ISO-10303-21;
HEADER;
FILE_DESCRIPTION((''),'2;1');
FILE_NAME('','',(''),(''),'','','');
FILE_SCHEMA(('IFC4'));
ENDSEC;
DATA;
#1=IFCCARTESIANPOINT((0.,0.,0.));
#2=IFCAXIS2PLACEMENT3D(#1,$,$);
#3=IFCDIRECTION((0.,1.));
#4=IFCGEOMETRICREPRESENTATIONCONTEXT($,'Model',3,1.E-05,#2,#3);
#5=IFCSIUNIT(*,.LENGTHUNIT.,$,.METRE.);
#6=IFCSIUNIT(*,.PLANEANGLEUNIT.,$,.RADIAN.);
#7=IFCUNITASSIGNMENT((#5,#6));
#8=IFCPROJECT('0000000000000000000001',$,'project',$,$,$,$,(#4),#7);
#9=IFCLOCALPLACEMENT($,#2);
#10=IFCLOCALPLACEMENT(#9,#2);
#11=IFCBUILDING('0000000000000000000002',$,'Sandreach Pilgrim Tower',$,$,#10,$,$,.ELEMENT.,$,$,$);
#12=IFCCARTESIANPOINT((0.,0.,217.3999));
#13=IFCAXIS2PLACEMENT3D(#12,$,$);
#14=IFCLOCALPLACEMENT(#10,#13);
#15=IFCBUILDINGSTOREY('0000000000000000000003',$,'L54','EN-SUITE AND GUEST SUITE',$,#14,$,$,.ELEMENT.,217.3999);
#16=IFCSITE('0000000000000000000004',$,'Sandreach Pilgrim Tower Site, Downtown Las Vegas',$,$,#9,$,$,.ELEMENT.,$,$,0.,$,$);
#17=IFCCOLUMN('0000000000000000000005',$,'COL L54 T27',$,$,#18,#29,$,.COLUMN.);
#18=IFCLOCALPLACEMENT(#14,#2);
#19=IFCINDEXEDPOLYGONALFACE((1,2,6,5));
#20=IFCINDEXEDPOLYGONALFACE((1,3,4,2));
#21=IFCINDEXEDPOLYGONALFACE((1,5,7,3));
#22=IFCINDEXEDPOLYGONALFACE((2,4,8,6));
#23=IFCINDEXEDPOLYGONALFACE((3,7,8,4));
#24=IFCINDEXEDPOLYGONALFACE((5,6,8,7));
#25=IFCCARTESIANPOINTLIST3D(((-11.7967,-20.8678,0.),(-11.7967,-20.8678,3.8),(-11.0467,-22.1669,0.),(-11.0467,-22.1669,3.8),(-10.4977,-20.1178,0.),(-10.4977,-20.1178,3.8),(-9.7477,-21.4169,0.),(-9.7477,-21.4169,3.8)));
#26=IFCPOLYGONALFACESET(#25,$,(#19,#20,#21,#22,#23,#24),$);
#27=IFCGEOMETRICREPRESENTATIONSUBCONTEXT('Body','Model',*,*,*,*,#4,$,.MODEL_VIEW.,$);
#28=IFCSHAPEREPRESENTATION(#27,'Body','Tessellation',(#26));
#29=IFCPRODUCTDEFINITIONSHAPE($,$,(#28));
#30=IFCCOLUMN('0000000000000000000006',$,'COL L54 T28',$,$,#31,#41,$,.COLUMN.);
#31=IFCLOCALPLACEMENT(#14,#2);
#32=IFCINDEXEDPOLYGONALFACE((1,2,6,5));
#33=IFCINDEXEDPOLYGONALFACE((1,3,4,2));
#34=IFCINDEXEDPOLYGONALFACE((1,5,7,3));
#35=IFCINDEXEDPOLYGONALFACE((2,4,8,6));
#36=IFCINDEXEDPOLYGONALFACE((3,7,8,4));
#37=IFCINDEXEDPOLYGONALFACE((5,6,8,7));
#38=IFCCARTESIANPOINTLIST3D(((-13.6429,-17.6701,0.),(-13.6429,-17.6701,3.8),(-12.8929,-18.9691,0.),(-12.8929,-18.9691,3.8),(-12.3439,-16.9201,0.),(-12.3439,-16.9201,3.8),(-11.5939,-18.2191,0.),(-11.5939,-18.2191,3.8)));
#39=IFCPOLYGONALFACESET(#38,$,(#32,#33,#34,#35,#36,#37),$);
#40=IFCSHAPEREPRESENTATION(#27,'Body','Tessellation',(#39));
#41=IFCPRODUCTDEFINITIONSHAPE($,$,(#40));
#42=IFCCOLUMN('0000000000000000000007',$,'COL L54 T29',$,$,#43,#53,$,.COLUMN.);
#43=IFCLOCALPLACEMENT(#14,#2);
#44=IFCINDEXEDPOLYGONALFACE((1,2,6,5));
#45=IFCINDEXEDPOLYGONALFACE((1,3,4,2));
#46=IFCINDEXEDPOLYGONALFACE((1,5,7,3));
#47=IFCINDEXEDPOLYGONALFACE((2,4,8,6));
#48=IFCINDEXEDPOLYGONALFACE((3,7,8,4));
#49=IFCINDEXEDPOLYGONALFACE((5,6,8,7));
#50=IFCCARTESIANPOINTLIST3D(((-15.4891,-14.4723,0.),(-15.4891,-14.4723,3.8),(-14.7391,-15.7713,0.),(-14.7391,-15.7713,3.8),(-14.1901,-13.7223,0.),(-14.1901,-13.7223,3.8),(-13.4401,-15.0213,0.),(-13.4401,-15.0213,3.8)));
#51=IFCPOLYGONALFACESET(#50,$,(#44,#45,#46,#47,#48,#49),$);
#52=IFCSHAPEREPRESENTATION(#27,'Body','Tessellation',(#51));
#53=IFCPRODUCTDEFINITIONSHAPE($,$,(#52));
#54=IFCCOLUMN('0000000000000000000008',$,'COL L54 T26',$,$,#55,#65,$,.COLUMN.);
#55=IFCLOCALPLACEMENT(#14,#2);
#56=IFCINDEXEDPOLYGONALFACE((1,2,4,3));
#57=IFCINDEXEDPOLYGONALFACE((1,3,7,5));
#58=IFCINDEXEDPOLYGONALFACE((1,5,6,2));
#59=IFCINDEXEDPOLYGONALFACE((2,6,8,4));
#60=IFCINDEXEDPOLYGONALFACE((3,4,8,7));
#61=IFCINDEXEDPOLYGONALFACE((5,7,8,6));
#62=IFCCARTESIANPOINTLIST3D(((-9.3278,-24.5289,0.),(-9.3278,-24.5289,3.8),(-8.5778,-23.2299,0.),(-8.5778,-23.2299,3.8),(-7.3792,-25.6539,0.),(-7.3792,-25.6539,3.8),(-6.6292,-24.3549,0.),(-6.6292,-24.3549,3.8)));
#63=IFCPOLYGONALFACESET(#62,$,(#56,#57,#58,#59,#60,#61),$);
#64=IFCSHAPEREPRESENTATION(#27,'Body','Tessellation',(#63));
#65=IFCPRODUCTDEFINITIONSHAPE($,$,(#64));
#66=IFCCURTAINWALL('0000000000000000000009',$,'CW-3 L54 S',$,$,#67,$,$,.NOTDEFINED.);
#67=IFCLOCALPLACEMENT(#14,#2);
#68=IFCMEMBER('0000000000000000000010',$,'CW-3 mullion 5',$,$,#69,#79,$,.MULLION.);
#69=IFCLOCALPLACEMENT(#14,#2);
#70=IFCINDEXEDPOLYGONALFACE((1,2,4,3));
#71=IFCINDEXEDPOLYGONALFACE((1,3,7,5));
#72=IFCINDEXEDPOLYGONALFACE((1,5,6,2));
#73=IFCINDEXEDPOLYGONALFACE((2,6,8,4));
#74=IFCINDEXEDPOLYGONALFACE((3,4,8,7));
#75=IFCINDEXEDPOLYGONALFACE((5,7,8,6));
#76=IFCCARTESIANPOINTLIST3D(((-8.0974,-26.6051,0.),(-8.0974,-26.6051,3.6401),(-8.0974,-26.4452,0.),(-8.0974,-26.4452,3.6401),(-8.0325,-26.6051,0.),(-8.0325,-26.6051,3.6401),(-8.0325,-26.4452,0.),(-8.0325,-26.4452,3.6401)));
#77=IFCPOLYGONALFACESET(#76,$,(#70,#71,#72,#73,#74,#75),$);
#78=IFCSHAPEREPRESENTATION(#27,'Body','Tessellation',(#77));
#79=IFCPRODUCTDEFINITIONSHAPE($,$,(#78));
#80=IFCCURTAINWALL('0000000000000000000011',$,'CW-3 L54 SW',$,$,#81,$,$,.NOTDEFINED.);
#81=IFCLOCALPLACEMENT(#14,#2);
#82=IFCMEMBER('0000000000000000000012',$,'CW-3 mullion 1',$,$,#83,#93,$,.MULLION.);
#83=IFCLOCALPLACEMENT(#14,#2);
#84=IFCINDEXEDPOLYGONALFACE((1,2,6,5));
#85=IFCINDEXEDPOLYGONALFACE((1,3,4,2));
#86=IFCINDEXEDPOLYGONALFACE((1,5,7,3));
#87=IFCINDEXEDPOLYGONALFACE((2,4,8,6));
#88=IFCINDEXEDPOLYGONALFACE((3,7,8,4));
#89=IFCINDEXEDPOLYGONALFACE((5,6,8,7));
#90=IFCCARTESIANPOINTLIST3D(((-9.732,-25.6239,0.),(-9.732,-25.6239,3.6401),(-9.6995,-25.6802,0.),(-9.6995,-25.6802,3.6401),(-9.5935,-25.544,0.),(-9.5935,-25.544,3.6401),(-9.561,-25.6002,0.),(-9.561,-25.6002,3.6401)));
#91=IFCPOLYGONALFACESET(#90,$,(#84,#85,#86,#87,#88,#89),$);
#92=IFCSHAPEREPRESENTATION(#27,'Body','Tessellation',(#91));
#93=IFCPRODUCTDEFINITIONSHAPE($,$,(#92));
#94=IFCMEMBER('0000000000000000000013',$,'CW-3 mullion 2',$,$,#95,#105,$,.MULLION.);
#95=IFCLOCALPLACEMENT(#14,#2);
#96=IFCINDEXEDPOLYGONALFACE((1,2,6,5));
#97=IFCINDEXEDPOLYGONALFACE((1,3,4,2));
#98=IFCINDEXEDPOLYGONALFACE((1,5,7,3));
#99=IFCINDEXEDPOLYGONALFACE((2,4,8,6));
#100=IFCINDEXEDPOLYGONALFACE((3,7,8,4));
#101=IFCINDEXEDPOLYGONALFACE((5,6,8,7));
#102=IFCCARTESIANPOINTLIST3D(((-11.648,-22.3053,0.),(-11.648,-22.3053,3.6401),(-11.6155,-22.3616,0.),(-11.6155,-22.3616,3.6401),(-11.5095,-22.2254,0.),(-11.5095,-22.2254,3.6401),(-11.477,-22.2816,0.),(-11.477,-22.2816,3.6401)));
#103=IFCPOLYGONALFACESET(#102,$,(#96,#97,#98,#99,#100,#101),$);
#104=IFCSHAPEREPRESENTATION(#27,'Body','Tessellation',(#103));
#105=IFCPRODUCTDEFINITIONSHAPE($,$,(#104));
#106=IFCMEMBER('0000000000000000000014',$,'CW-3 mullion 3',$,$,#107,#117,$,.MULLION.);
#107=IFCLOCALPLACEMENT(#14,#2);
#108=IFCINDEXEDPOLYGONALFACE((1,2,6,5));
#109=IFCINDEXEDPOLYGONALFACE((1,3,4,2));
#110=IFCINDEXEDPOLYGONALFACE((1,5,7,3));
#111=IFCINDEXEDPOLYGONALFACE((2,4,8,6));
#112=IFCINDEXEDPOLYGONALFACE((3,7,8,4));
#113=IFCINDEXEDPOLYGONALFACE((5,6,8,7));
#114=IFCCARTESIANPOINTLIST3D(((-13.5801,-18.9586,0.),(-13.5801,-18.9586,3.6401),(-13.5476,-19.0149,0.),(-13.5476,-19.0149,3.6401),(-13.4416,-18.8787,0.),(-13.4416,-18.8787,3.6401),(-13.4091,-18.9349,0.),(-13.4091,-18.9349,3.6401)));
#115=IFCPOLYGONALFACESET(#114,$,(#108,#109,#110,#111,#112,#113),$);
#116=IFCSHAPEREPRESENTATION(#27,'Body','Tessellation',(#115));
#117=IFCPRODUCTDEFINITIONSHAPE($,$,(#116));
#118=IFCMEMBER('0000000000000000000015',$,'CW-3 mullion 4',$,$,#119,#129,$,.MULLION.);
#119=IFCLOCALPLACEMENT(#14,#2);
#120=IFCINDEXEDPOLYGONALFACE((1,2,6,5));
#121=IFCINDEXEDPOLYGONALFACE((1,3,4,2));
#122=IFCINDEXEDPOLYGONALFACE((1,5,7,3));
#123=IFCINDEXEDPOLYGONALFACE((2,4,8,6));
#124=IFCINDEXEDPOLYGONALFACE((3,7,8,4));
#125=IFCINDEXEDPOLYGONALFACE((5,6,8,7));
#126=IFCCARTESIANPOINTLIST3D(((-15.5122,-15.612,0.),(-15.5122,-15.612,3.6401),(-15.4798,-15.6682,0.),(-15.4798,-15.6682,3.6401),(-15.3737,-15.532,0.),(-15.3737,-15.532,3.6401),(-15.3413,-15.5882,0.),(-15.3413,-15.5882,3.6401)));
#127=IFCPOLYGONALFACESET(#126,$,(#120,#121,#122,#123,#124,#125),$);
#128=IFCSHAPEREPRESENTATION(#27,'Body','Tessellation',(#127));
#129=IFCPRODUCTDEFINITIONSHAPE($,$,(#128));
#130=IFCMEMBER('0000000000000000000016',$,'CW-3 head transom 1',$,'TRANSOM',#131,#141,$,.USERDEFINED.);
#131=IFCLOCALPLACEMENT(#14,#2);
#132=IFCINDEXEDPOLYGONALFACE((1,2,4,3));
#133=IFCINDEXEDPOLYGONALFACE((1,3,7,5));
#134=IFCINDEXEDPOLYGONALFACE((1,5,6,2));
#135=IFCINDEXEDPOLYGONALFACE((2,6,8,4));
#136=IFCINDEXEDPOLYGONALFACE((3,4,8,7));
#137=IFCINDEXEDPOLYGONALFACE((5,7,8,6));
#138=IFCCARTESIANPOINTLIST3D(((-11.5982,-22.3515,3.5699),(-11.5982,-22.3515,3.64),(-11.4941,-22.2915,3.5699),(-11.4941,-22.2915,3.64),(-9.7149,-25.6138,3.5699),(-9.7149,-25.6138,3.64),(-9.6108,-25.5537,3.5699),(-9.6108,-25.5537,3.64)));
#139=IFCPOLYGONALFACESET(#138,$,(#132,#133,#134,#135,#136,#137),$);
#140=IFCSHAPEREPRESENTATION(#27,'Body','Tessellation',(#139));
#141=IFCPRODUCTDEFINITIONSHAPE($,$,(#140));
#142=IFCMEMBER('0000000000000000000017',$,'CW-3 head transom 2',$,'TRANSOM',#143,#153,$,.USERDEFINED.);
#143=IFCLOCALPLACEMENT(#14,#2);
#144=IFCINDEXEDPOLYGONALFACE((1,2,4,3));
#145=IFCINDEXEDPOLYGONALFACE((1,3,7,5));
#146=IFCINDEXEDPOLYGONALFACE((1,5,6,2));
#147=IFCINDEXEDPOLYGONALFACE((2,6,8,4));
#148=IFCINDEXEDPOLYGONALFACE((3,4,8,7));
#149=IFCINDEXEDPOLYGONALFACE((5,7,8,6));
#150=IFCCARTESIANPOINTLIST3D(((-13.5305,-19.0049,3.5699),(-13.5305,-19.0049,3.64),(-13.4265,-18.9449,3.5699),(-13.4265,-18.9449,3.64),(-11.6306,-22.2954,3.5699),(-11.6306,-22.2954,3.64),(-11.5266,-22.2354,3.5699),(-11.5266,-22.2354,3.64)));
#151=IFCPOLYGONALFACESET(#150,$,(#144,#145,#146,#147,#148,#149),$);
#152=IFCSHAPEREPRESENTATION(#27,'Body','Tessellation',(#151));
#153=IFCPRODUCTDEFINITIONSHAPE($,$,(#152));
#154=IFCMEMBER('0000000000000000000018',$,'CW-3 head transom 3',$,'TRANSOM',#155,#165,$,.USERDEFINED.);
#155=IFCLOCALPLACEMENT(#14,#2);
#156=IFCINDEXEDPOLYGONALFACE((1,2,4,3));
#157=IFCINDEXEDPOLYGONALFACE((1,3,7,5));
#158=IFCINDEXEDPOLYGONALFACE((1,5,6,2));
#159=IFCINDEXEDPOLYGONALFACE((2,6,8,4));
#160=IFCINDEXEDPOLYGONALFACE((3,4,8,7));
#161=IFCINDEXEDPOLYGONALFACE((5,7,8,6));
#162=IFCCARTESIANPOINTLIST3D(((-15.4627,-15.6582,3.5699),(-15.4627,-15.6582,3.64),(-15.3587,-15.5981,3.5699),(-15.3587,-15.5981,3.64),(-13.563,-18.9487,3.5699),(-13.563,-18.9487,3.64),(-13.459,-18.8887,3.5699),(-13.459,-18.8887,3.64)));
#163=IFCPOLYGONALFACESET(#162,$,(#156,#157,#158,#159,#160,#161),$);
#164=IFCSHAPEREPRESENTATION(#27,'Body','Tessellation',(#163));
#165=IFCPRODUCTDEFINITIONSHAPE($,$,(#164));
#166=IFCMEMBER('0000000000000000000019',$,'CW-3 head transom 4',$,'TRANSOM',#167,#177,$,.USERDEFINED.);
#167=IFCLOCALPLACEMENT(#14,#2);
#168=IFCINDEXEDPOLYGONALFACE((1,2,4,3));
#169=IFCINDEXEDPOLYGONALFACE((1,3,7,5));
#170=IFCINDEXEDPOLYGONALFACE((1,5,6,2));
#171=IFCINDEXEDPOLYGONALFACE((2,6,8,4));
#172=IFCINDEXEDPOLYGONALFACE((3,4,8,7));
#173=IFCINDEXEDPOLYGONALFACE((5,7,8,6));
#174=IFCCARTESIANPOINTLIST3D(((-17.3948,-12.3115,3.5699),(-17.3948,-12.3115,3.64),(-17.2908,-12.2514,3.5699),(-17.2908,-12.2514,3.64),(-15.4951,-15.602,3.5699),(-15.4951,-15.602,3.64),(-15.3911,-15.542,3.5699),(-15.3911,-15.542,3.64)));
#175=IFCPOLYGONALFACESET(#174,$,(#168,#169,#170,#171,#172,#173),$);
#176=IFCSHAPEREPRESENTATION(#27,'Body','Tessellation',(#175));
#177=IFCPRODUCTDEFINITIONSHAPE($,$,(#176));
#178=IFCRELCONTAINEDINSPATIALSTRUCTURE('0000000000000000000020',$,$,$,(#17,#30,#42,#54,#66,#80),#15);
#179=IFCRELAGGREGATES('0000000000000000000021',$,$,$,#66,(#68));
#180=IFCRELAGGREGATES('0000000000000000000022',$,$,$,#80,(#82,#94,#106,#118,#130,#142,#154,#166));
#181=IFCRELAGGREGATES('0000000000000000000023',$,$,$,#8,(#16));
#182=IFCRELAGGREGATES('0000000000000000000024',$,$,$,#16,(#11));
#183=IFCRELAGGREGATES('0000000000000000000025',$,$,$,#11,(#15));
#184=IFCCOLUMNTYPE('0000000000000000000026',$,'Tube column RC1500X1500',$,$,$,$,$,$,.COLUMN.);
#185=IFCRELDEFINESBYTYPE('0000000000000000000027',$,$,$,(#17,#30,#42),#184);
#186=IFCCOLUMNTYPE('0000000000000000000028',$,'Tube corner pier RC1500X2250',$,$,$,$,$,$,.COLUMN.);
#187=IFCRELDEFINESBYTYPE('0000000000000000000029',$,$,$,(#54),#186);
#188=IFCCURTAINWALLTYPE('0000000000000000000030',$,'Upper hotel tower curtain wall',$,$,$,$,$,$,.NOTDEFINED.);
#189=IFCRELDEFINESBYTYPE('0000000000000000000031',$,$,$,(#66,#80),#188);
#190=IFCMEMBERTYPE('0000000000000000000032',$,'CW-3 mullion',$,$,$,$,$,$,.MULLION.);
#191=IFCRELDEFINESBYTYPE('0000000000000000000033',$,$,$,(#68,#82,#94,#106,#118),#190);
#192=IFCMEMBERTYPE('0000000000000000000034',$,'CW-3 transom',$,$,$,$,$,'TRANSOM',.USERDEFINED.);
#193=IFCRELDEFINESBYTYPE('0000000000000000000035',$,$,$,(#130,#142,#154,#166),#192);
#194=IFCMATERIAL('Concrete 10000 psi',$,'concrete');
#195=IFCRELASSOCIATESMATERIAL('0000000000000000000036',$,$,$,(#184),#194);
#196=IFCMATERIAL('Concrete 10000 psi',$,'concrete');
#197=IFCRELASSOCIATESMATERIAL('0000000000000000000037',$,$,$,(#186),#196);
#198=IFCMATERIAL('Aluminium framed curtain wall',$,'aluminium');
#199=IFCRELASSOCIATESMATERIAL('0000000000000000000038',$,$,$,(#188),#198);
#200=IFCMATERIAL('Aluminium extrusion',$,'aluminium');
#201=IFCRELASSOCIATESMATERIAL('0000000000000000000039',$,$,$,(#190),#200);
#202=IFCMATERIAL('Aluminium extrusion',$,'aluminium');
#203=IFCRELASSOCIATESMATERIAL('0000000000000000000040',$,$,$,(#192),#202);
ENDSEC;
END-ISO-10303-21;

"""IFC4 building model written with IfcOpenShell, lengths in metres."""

from ifc_helpers import new_model, si_unit, direction, frame, origin, origin_2d, place, context, subcontext, project, spatial, rectangle, extrude, material, material_profile, profile_set, type_object, element, aggregate, save


model = new_model("IFC4")

# Units and contexts
model_context = context("Model", 3, precision=1e-05, world=origin(), true_north=direction((0.0, 1.0)))
body_context = subcontext(model_context, "Body", "Model", "MODEL_VIEW")
ifc_project = project(units=[si_unit("LENGTHUNIT", "METRE"), si_unit("PLANEANGLEUNIT", "RADIAN")], contexts=[model_context])

# Site, building, storey
site_placement = place(None, origin())
site = spatial("IfcSite", under=ifc_project, at=site_placement, Name="Sandreach Pilgrim Tower Site, Downtown Las Vegas", CompositionType="ELEMENT", RefElevation=0.0)
building_placement = place(site_placement, origin())
building = spatial("IfcBuilding", under=site, at=building_placement, Name="Sandreach Pilgrim Tower", CompositionType="ELEMENT")
storey_placement = place(building_placement, frame((0.0, 0.0, 217.3999)))
storey = spatial("IfcBuildingStorey", under=building, at=storey_placement, Name="L54", Description="EN-SUITE AND GUEST SUITE", CompositionType="ELEMENT", Elevation=217.3999)

# Columns
ifc_material_1 = material(Name="Concrete 10000 psi", Category="concrete")
ifc_material_profile_1 = material_profile(ifc_material_1, rectangle(XDim=1.5, YDim=1.5, at=origin_2d()), Name="RC1500X1500")
ifc_profile_set_1 = profile_set([ifc_material_profile_1], Name="Concrete 10000 psi")
column_type_1 = type_object("IfcColumnType", Name="Tube column RC1500X1500", PredefinedType="COLUMN", material=ifc_profile_set_1)
for number, where, z_axis, x_axis, name in (
    (1, (-10.7722, -21.1423, 0.0), (0.0, 0.0, 1.0), (-0.866025, -0.5, 0.0), "COL L54 T27"),
    (2, (-12.6184, -17.9446, 0.0), (0.0, 0.0, 1.0), (-0.866025, -0.5, 0.0), "COL L54 T28"),
    (3, (-14.4646, -14.7468, 0.0), (0.0, 0.0, 1.0), (-0.866025, -0.5, 0.0), "COL L54 T29"),
):
    element("IfcColumn", number, at=place(storey_placement, frame(where, z_axis=z_axis, x_axis=x_axis)), inside=storey, type_object=column_type_1, Name=name, PredefinedType="COLUMN", context=body_context, shape_type="SweptSolid", body=[
        extrude(rectangle(XDim=1.5, YDim=1.5, at=origin_2d()), origin(), (0.0, 0.0, 1.0), 3.8),
    ])
ifc_material_2 = material(Name="Concrete 10000 psi", Category="concrete")
ifc_material_profile_2 = material_profile(ifc_material_2, rectangle(XDim=1.5, YDim=2.25, at=origin_2d()), Name="RC1500X2250")
ifc_profile_set_2 = profile_set([ifc_material_profile_2], Name="Concrete 10000 psi")
column_type_2 = type_object("IfcColumnType", Name="Tube corner pier RC1500X2250", PredefinedType="COLUMN", material=ifc_profile_set_2)
column_placement = place(storey_placement, frame((-7.9785, -24.4419, 0.0), z_axis=(0.0, 0.0, 1.0), x_axis=(-0.5, -0.866025, 0.0)))
element("IfcColumn", 4, at=column_placement, inside=storey, type_object=column_type_2, Name="COL L54 T26", PredefinedType="COLUMN", context=body_context, shape_type="SweptSolid", body=[
    extrude(rectangle(XDim=1.5, YDim=2.25, at=origin_2d()), origin(), (0.0, 0.0, 1.0), 3.8),
])

# Curtain wall, member
ifc_material_3 = material(Name="Aluminium framed curtain wall", Category="aluminium")
curtain_wall_type = type_object("IfcCurtainWallType", Name="Upper hotel tower curtain wall", PredefinedType="NOTDEFINED", material=ifc_material_3)
curtain_wall_1_placement = place(storey_placement, origin())
curtain_wall_1 = element("IfcCurtainWall", 5, at=curtain_wall_1_placement, inside=storey, type_object=curtain_wall_type, Name="CW-3 L54 S", PredefinedType="NOTDEFINED")
ifc_material_4 = material(Name="Aluminium extrusion", Category="aluminium")
ifc_material_profile_3 = material_profile(ifc_material_4, rectangle(XDim=0.0649, YDim=0.1599, at=origin_2d()), Name="CW-3M 65X160")
ifc_profile_set_3 = profile_set([ifc_material_profile_3], Name="Aluminium extrusion")
member_type_1 = type_object("IfcMemberType", Name="CW-3 mullion", PredefinedType="MULLION", material=ifc_profile_set_3)
member_1_placement = place(storey_placement, frame((-8.0649, -26.5251, 0.0), z_axis=(0.0, 0.0, 1.0), x_axis=(-1.0, 0.0, 0.0)))
member_1 = element("IfcMember", 6, at=member_1_placement, type_object=member_type_1, Name="CW-3 mullion 5", PredefinedType="MULLION", context=body_context, shape_type="SweptSolid", body=[
    extrude(rectangle(XDim=0.0649, YDim=0.1599, at=origin_2d()), origin(), (0.0, 0.0, 1.0), 3.6401),
])
aggregate(curtain_wall_1, [member_1])

# Curtain wall, members
curtain_wall_2_placement = place(storey_placement, origin())
curtain_wall_2 = element("IfcCurtainWall", 7, at=curtain_wall_2_placement, inside=storey, type_object=curtain_wall_type, Name="CW-3 L54 SW", PredefinedType="NOTDEFINED")
member_2_placement = place(storey_placement, frame((-9.6465, -25.6121, 0.0), z_axis=(0.0, 0.0, 1.0), x_axis=(-0.5, 0.866025, 0.0)))
member_2 = element("IfcMember", 8, at=member_2_placement, type_object=member_type_1, Name="CW-3 mullion 1", PredefinedType="MULLION", context=body_context, shape_type="SweptSolid", body=[
    extrude(rectangle(XDim=0.0649, YDim=0.1599, at=origin_2d()), origin(), (0.0, 0.0, 1.0), 3.6401),
])
member_3_placement = place(storey_placement, frame((-11.5625, -22.2935, 0.0), z_axis=(0.0, 0.0, 1.0), x_axis=(-0.5, 0.866025, 0.0)))
member_3 = element("IfcMember", 9, at=member_3_placement, type_object=member_type_1, Name="CW-3 mullion 2", PredefinedType="MULLION", context=body_context, shape_type="SweptSolid", body=[
    extrude(rectangle(XDim=0.0649, YDim=0.1599, at=origin_2d()), origin(), (0.0, 0.0, 1.0), 3.6401),
])
member_4_placement = place(storey_placement, frame((-13.4946, -18.9468, 0.0), z_axis=(0.0, 0.0, 1.0), x_axis=(-0.5, 0.866025, 0.0)))
member_4 = element("IfcMember", 10, at=member_4_placement, type_object=member_type_1, Name="CW-3 mullion 3", PredefinedType="MULLION", context=body_context, shape_type="SweptSolid", body=[
    extrude(rectangle(XDim=0.0649, YDim=0.1599, at=origin_2d()), origin(), (0.0, 0.0, 1.0), 3.6401),
])
member_5_placement = place(storey_placement, frame((-15.4268, -15.6001, 0.0), z_axis=(0.0, 0.0, 1.0), x_axis=(-0.5, 0.866025, 0.0)))
member_5 = element("IfcMember", 11, at=member_5_placement, type_object=member_type_1, Name="CW-3 mullion 4", PredefinedType="MULLION", context=body_context, shape_type="SweptSolid", body=[
    extrude(rectangle(XDim=0.0649, YDim=0.1599, at=origin_2d()), origin(), (0.0, 0.0, 1.0), 3.6401),
])
ifc_material_5 = material(Name="Aluminium extrusion", Category="aluminium")
ifc_material_profile_4 = material_profile(ifc_material_5, rectangle(XDim=0.1201, YDim=0.0701, at=origin_2d()), Name="CW-3T 120X70")
ifc_profile_set_4 = profile_set([ifc_material_profile_4], Name="Aluminium extrusion")
member_type_2 = type_object("IfcMemberType", Name="CW-3 transom", ElementType="TRANSOM", PredefinedType="USERDEFINED", material=ifc_profile_set_4)
member_6_placement = place(storey_placement, frame((-9.6628, -25.5837, 3.605), z_axis=(-0.499973, 0.866041, 0.0), x_axis=(-0.866041, -0.499973, 0.0)))
member_6 = element("IfcMember", 12, at=member_6_placement, type_object=member_type_2, Name="CW-3 head transom 1", ObjectType="TRANSOM", PredefinedType="USERDEFINED", context=body_context, shape_type="SweptSolid", body=[
    extrude(rectangle(XDim=0.1201, YDim=0.0701, at=origin_2d()), origin(), (0.0, 0.0, 1.0), 3.7668),
])
member_7_placement = place(storey_placement, frame((-11.5786, -22.2654, 3.605), z_axis=(-0.500023, 0.866012, 0.0), x_axis=(-0.866012, -0.500023, 0.0)))
member_7 = element("IfcMember", 13, at=member_7_placement, type_object=member_type_2, Name="CW-3 head transom 2", ObjectType="TRANSOM", PredefinedType="USERDEFINED", context=body_context, shape_type="SweptSolid", body=[
    extrude(rectangle(XDim=0.1201, YDim=0.0701, at=origin_2d()), origin(), (0.0, 0.0, 1.0), 3.7996),
])
member_8_placement = place(storey_placement, frame((-13.511, -18.9187, 3.605), z_axis=(-0.499975, 0.86604, 0.0), x_axis=(-0.86604, -0.499975, 0.0)))
member_8 = element("IfcMember", 14, at=member_8_placement, type_object=member_type_2, Name="CW-3 head transom 3", ObjectType="TRANSOM", PredefinedType="USERDEFINED", context=body_context, shape_type="SweptSolid", body=[
    extrude(rectangle(XDim=0.1201, YDim=0.0701, at=origin_2d()), origin(), (0.0, 0.0, 1.0), 3.7996),
])
member_9_placement = place(storey_placement, frame((-15.4431, -15.572, 3.605), z_axis=(-0.499975, 0.86604, 0.0), x_axis=(-0.86604, -0.499975, 0.0)))
member_9 = element("IfcMember", 15, at=member_9_placement, type_object=member_type_2, Name="CW-3 head transom 4", ObjectType="TRANSOM", PredefinedType="USERDEFINED", context=body_context, shape_type="SweptSolid", body=[
    extrude(rectangle(XDim=0.1201, YDim=0.0701, at=origin_2d()), origin(), (0.0, 0.0, 1.0), 3.7996),
])

aggregate(curtain_wall_2, [member_2, member_3, member_4, member_5, member_6, member_7, member_8, member_9])

save(model, "model.ifc")
